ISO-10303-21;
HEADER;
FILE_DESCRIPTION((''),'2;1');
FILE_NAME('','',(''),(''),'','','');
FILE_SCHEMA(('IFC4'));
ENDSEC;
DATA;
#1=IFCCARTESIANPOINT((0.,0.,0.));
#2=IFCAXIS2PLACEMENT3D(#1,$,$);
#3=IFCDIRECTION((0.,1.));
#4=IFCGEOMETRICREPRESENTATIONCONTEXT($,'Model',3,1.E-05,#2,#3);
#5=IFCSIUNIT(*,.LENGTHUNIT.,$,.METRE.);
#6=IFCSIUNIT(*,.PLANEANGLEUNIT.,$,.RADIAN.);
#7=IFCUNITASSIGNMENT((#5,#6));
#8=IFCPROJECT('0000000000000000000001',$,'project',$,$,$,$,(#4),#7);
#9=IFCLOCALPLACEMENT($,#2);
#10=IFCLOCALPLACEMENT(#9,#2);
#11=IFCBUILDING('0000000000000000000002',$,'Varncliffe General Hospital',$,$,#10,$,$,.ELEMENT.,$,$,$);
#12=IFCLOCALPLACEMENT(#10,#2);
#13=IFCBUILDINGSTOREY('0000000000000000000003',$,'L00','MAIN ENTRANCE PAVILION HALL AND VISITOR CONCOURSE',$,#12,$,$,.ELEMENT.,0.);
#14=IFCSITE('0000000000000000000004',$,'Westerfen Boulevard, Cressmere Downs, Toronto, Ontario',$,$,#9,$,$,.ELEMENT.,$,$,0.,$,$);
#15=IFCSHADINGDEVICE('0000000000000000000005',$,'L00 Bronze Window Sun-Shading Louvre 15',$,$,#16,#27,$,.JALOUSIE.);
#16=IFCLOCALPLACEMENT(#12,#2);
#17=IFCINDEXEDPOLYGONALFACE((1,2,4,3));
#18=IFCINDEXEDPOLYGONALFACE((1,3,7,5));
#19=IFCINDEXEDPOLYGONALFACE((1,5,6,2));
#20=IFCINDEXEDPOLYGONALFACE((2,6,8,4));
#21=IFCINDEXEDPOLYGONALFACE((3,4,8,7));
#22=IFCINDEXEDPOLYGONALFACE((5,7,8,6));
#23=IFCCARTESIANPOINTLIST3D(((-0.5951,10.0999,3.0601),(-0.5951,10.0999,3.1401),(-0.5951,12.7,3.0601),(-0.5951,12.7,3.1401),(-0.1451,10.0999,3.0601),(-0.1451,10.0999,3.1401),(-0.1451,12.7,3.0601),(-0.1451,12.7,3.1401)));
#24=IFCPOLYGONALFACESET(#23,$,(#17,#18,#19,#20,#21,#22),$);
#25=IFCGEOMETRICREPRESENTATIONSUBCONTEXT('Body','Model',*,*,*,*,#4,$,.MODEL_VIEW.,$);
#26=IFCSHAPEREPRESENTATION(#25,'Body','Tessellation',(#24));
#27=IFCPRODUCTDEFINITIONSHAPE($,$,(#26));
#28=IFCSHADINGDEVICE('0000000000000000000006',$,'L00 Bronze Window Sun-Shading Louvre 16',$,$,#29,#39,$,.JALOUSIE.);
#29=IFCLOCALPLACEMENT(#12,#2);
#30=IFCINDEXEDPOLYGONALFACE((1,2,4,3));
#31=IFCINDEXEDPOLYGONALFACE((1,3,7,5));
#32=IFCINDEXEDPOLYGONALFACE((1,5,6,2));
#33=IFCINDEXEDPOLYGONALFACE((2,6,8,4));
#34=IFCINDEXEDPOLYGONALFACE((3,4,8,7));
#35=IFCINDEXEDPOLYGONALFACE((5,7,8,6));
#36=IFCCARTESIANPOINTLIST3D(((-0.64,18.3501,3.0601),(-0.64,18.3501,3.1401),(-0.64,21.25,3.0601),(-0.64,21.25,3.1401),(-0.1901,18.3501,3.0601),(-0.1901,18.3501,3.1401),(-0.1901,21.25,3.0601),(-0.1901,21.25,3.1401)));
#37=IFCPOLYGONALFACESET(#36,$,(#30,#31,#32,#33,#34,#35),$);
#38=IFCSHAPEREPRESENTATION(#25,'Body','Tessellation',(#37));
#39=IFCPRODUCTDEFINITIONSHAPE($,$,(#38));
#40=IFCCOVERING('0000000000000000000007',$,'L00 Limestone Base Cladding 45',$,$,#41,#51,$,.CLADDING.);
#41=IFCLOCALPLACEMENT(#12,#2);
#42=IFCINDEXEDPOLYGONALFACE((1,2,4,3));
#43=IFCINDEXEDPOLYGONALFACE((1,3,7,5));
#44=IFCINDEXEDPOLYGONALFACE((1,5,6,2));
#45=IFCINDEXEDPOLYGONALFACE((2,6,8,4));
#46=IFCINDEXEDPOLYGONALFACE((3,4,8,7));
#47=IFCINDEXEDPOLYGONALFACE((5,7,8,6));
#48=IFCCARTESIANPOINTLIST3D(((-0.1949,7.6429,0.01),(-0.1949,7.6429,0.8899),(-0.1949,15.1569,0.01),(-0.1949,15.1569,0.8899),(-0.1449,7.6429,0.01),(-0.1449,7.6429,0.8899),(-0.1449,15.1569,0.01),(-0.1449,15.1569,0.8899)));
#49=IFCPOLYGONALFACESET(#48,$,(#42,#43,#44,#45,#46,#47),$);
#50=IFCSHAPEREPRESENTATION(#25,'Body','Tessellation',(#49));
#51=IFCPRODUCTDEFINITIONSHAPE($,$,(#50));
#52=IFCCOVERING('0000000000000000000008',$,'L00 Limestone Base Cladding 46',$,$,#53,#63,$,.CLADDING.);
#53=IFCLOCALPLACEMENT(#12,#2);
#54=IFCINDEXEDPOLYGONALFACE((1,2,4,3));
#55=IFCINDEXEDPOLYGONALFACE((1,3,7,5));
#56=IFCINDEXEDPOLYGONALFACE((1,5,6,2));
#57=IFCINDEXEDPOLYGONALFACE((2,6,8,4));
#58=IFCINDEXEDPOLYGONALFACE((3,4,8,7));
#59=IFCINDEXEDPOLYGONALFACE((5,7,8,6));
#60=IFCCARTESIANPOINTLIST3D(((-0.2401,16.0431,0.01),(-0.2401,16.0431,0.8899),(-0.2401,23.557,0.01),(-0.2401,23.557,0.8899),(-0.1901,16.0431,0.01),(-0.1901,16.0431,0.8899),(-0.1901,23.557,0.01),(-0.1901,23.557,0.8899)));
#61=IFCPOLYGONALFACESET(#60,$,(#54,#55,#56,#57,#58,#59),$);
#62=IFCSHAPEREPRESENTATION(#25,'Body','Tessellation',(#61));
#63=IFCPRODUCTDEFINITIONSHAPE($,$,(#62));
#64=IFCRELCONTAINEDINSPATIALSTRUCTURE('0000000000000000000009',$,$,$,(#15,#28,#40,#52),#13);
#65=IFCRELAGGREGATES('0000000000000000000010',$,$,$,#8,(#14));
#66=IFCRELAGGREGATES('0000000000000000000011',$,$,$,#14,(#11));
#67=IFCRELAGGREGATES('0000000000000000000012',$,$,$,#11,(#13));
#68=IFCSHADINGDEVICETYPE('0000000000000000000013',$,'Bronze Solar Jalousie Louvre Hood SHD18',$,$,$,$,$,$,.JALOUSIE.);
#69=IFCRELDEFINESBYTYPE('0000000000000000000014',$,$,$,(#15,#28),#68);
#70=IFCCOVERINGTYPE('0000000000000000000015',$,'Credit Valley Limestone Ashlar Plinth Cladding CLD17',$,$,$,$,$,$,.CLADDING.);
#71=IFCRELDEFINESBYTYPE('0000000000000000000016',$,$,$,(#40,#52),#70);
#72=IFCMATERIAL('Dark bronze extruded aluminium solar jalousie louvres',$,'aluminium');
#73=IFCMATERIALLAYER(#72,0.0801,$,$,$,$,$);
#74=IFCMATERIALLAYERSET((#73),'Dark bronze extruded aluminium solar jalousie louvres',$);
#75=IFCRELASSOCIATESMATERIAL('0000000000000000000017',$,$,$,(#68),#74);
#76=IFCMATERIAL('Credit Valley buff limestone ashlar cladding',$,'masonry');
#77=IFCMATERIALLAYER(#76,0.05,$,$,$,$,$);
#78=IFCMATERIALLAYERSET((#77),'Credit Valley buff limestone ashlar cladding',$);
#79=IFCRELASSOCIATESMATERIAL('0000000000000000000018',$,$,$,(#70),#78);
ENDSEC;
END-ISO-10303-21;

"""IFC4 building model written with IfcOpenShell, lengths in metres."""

from ifc_helpers import new_model, si_unit, direction, frame, origin, origin_2d, place, context, subcontext, project, spatial, rectangle, extrude, material, layer, layer_set, type_object, element, save


model = new_model("IFC4")

# Units and contexts
model_context = context("Model", 3, precision=1e-05, world=origin(), true_north=direction((0.0, 1.0)))
body_context = subcontext(model_context, "Body", "Model", "MODEL_VIEW")
ifc_project = project(units=[si_unit("LENGTHUNIT", "METRE"), si_unit("PLANEANGLEUNIT", "RADIAN")], contexts=[model_context])

# Site, building, storey
site_placement = place(None, origin())
site = spatial("IfcSite", under=ifc_project, at=site_placement, Name="Westerfen Boulevard, Cressmere Downs, Toronto, Ontario", CompositionType="ELEMENT", RefElevation=0.0)
building_placement = place(site_placement, origin())
building = spatial("IfcBuilding", under=site, at=building_placement, Name="Varncliffe General Hospital", CompositionType="ELEMENT")
storey_placement = place(building_placement, origin())
storey = spatial("IfcBuildingStorey", under=building, at=storey_placement, Name="L00", Description="MAIN ENTRANCE PAVILION HALL AND VISITOR CONCOURSE", CompositionType="ELEMENT", Elevation=0.0)

# Shading devices
ifc_material_1 = material(Name="Dark bronze extruded aluminium solar jalousie louvres", Category="aluminium")
ifc_layer_1 = layer(ifc_material_1, 0.0801)
ifc_layer_set_1 = layer_set([ifc_layer_1], Name="Dark bronze extruded aluminium solar jalousie louvres")
shading_device_type = type_object("IfcShadingDeviceType", Name="Bronze Solar Jalousie Louvre Hood SHD18", PredefinedType="JALOUSIE", material=ifc_layer_set_1)
shading_device_1_placement = place(storey_placement, frame((-0.3701, 11.3999, 3.0601), z_axis=(0.0, 0.0, 1.0), x_axis=(0.0, 1.0, 0.0)))
element("IfcShadingDevice", 1, at=shading_device_1_placement, inside=storey, type_object=shading_device_type, Name="L00 Bronze Window Sun-Shading Louvre 15", PredefinedType="JALOUSIE", context=body_context, shape_type="SweptSolid", body=[
    extrude(rectangle(XDim=2.6001, YDim=0.45, at=origin_2d()), origin(), (0.0, 0.0, 1.0), 0.0801),
])
shading_device_2_placement = place(storey_placement, frame((-0.415, 19.8, 3.0601), z_axis=(0.0, 0.0, 1.0), x_axis=(0.0, 1.0, 0.0)))
element("IfcShadingDevice", 2, at=shading_device_2_placement, inside=storey, type_object=shading_device_type, Name="L00 Bronze Window Sun-Shading Louvre 16", PredefinedType="JALOUSIE", context=body_context, shape_type="SweptSolid", body=[
    extrude(rectangle(XDim=2.8999, YDim=0.45, at=origin_2d()), origin(), (0.0, 0.0, 1.0), 0.0801),
])

# Coverings
ifc_material_2 = material(Name="Credit Valley buff limestone ashlar cladding", Category="masonry")
ifc_layer_2 = layer(ifc_material_2, 0.05)
ifc_layer_set_2 = layer_set([ifc_layer_2], Name="Credit Valley buff limestone ashlar cladding")
covering_type = type_object("IfcCoveringType", Name="Credit Valley Limestone Ashlar Plinth Cladding CLD17", PredefinedType="CLADDING", material=ifc_layer_set_2)
for number, where, z_axis, x_axis, name in (
    (3, (-0.1699, 11.3999, 0.01), (0.0, 0.0, 1.0), (0.0, 1.0, 0.0), "L00 Limestone Base Cladding 45"),
    (4, (-0.2151, 19.8, 0.01), (0.0, 0.0, 1.0), (0.0, 1.0, 0.0), "L00 Limestone Base Cladding 46"),
):
    element("IfcCovering", number, at=place(storey_placement, frame(where, z_axis=z_axis, x_axis=x_axis)), inside=storey, type_object=covering_type, Name=name, PredefinedType="CLADDING", context=body_context, shape_type="SweptSolid", body=[
        extrude(rectangle(XDim=7.5139, YDim=0.05, at=origin_2d()), origin(), (0.0, 0.0, 1.0), 0.8799),
    ])

save(model, "model.ifc")
